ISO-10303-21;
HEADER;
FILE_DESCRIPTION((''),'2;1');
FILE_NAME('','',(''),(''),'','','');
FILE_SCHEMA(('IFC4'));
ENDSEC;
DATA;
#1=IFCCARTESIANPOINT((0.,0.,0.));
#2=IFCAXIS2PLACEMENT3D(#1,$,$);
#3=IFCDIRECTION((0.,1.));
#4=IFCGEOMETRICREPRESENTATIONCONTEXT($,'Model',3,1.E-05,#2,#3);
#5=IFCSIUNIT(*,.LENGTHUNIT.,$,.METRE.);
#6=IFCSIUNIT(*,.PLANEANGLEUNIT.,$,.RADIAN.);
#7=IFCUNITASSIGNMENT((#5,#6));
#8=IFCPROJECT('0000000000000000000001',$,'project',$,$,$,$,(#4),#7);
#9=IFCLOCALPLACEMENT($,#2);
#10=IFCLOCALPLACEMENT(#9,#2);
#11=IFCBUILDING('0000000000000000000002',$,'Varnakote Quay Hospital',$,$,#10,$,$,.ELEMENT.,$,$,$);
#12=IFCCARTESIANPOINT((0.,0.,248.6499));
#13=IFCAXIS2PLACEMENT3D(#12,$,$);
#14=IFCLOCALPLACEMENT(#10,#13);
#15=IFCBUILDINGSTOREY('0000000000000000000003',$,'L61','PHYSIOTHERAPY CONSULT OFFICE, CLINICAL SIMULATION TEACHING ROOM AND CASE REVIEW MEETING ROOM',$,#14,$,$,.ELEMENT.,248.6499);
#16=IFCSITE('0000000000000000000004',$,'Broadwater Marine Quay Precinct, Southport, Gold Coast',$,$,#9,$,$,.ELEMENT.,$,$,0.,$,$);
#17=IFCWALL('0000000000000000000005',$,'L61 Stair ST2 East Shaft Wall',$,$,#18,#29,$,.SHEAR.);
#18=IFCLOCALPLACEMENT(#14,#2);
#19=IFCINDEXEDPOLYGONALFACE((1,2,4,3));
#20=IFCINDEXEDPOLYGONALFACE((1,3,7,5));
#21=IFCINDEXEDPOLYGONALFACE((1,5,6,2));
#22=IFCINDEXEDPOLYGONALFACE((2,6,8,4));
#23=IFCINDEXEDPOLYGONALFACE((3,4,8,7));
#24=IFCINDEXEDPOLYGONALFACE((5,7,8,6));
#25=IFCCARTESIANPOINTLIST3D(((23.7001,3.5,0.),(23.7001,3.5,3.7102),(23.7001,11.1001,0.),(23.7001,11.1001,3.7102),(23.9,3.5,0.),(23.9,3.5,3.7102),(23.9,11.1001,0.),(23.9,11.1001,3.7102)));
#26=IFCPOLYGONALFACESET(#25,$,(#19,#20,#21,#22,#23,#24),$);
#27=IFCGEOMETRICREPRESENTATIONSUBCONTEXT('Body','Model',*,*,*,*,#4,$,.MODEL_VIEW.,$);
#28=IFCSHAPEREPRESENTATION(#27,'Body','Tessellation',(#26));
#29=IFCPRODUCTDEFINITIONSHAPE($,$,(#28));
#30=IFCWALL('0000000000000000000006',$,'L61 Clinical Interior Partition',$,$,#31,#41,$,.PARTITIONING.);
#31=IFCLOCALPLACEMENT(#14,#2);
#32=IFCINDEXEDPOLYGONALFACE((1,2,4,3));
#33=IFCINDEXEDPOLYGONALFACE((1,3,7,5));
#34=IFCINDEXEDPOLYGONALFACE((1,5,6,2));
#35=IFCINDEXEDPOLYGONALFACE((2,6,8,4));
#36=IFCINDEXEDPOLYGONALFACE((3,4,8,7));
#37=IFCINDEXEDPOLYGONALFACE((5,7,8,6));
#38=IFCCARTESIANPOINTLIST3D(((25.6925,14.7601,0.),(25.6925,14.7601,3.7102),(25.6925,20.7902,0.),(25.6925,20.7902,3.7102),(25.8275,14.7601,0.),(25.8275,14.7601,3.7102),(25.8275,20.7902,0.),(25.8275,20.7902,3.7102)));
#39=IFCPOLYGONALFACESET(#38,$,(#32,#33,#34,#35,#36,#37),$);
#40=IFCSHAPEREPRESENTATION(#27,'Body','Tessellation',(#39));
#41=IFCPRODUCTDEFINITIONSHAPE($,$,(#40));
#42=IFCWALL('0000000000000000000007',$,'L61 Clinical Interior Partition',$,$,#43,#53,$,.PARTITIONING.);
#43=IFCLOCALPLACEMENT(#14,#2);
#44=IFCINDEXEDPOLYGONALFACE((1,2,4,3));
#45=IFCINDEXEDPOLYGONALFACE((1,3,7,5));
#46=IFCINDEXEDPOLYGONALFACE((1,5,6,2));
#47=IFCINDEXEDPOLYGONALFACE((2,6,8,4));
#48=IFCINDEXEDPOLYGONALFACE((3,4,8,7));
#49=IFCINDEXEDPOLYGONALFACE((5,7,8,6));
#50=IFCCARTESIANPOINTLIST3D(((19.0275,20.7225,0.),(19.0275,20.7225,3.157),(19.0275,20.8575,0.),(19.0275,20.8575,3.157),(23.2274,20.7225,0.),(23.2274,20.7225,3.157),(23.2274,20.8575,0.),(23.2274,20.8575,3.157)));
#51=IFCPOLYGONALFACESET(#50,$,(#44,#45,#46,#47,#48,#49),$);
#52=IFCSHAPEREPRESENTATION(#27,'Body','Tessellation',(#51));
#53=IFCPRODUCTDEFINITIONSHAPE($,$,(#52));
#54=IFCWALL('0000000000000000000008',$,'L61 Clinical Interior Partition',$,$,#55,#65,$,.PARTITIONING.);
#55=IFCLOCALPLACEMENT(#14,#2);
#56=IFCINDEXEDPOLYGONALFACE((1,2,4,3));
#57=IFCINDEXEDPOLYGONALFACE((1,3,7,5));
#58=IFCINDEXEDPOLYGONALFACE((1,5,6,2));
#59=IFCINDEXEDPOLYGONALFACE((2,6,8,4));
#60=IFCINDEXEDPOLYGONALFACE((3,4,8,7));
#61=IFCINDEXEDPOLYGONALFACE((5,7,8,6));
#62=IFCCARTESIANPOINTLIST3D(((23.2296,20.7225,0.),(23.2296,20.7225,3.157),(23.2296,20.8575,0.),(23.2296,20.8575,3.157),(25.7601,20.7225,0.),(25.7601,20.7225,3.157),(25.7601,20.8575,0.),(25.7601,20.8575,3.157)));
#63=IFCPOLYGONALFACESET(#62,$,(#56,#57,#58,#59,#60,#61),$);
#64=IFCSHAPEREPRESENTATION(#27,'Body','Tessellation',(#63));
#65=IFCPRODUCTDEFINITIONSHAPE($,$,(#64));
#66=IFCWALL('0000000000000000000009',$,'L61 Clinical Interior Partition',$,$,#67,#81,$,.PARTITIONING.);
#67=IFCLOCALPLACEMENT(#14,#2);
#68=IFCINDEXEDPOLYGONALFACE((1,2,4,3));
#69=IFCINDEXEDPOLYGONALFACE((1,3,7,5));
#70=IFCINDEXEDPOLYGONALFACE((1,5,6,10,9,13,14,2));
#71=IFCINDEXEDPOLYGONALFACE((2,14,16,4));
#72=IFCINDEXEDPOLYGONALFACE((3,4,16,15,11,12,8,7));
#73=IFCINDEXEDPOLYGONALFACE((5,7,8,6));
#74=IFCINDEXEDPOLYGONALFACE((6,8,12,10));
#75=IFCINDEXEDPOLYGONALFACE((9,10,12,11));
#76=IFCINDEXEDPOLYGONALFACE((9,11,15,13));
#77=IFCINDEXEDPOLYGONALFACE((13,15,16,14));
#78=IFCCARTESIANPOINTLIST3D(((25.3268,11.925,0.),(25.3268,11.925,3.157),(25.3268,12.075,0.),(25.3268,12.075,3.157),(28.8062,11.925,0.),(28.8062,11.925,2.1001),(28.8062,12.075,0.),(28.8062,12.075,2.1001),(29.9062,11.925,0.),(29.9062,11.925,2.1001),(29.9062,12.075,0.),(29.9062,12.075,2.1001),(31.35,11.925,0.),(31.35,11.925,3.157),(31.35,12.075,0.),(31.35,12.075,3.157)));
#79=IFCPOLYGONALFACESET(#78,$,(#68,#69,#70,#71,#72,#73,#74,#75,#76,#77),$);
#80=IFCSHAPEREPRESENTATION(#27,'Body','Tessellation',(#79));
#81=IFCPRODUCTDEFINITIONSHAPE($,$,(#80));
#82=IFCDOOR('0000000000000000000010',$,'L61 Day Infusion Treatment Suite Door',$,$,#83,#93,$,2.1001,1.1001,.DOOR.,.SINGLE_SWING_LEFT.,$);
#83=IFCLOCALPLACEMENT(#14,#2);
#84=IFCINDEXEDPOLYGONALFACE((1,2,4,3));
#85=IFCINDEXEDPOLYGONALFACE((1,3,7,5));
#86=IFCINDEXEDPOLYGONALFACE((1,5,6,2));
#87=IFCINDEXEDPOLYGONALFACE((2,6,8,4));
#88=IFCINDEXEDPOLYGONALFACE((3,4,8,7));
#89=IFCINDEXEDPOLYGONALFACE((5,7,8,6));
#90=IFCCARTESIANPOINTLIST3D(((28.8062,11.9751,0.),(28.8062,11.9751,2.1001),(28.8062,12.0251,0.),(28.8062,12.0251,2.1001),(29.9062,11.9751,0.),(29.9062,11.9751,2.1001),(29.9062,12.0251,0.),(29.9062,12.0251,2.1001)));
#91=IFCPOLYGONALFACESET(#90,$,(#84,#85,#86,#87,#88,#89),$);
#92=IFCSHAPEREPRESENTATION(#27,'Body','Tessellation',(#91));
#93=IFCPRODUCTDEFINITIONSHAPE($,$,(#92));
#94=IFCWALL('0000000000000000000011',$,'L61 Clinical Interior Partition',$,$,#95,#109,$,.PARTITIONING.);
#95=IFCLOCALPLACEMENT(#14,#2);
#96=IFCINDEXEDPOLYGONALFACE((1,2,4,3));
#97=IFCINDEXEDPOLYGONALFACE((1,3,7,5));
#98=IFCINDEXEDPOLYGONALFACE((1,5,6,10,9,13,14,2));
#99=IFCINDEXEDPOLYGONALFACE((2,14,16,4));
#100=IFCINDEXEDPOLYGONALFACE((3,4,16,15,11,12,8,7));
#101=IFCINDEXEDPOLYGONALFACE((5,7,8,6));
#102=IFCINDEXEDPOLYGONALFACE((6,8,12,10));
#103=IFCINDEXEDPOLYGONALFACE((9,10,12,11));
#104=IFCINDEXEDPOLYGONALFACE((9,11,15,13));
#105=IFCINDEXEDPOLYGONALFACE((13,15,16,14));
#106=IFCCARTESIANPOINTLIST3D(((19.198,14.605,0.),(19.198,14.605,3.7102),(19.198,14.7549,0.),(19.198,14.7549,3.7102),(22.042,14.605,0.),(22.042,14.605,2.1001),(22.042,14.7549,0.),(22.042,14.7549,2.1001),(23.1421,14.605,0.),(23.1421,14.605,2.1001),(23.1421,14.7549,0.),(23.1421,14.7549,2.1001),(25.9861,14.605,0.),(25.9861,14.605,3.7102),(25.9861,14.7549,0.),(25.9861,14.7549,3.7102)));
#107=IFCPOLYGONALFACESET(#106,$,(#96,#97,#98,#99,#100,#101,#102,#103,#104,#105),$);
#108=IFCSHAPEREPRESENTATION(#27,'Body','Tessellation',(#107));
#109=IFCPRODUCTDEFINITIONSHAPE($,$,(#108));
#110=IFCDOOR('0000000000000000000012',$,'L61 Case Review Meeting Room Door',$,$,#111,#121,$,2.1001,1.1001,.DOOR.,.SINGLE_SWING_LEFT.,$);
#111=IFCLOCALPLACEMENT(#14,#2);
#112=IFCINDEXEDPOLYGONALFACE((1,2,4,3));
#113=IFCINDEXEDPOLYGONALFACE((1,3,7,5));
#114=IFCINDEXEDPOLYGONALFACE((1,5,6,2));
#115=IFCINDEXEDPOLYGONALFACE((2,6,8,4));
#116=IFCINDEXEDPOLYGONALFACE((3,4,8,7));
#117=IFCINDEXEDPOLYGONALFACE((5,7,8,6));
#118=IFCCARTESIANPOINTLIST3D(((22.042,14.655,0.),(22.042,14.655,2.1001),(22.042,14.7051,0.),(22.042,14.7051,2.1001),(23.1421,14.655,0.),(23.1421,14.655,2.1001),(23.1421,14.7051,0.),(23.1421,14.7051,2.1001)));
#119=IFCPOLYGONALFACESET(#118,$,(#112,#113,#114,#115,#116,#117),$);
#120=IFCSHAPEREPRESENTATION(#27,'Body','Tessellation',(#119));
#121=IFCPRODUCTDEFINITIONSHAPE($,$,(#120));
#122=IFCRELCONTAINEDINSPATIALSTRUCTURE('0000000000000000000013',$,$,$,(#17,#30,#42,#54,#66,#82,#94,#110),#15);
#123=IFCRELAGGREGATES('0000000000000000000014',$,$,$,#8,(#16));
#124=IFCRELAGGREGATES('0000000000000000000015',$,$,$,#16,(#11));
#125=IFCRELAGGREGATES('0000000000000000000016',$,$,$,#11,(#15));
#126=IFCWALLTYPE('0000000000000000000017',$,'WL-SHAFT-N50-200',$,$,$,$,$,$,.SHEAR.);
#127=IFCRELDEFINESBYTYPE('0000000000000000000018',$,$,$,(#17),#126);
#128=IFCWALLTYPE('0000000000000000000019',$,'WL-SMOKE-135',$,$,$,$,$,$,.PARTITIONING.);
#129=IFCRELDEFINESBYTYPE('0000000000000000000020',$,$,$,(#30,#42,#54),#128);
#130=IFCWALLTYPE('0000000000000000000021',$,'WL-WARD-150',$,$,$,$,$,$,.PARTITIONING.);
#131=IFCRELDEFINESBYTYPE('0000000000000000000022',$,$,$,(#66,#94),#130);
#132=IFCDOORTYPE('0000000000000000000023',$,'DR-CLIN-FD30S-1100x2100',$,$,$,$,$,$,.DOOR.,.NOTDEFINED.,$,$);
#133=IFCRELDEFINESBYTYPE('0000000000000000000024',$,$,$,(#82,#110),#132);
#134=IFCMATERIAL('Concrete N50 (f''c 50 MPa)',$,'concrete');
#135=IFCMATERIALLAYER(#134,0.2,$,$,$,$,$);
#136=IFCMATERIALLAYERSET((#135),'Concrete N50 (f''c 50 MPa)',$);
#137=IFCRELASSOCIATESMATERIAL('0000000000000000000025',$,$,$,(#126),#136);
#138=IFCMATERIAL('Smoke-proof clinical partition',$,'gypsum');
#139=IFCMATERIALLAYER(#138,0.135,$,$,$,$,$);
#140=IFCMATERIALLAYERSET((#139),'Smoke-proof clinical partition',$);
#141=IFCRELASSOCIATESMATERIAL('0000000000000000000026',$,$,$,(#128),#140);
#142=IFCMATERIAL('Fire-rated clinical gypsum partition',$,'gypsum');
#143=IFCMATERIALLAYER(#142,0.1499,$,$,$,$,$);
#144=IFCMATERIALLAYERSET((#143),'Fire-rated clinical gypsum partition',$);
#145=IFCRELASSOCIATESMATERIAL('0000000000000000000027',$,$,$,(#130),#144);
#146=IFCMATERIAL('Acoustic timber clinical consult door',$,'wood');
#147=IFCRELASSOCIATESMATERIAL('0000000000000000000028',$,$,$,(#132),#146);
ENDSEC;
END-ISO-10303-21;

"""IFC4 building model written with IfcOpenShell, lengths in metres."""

from ifc_helpers import new_model, si_unit, direction, frame, frame_2d, origin, place, context, subcontext, project, spatial, rectangle, extrude, material, layer, layer_set, type_object, element, fill, save


model = new_model("IFC4")

# Units and contexts
model_context = context("Model", 3, precision=1e-05, world=origin(), true_north=direction((0.0, 1.0)))
body_context = subcontext(model_context, "Body", "Model", "MODEL_VIEW")
ifc_project = project(units=[si_unit("LENGTHUNIT", "METRE"), si_unit("PLANEANGLEUNIT", "RADIAN")], contexts=[model_context])

# Site, building, storey
site_placement = place(None, origin())
site = spatial("IfcSite", under=ifc_project, at=site_placement, Name="Broadwater Marine Quay Precinct, Southport, Gold Coast", CompositionType="ELEMENT", RefElevation=0.0)
building_placement = place(site_placement, origin())
building = spatial("IfcBuilding", under=site, at=building_placement, Name="Varnakote Quay Hospital", CompositionType="ELEMENT")
storey_placement = place(building_placement, frame((0.0, 0.0, 248.6499)))
storey = spatial("IfcBuildingStorey", under=building, at=storey_placement, Name="L61", Description="PHYSIOTHERAPY CONSULT OFFICE, CLINICAL SIMULATION TEACHING ROOM AND CASE REVIEW MEETING ROOM", CompositionType="ELEMENT", Elevation=248.6499)

# Walls
ifc_material_1 = material(Name="Concrete N50 (f'c 50 MPa)", Category="concrete")
ifc_layer_1 = layer(ifc_material_1, 0.2)
ifc_layer_set_1 = layer_set([ifc_layer_1], Name="Concrete N50 (f'c 50 MPa)")
wall_type_1 = type_object("IfcWallType", Name="WL-SHAFT-N50-200", PredefinedType="SHEAR", material=ifc_layer_set_1)
wall_1_placement = place(storey_placement, frame((23.8, 3.5, 0.0), z_axis=(0.0, 0.0, 1.0), x_axis=(0.0, 1.0, 0.0)))
element("IfcWall", 1, at=wall_1_placement, inside=storey, type_object=wall_type_1, Name="L61 Stair ST2 East Shaft Wall", PredefinedType="SHEAR", context=body_context, shape_type="SweptSolid", body=[
    extrude(rectangle(XDim=7.6001, YDim=0.2, at=frame_2d((3.8, 0.0))), origin(), (0.0, 0.0, 1.0), 3.7102),
])
ifc_material_2 = material(Name="Smoke-proof clinical partition", Category="gypsum")
ifc_layer_2 = layer(ifc_material_2, 0.135)
ifc_layer_set_2 = layer_set([ifc_layer_2], Name="Smoke-proof clinical partition")
wall_type_2 = type_object("IfcWallType", Name="WL-SMOKE-135", PredefinedType="PARTITIONING", material=ifc_layer_set_2)
wall_2_placement = place(storey_placement, frame((25.76, 14.76, 0.0), z_axis=(0.0, 0.0, 1.0), x_axis=(0.0, 1.0, 0.0)))
element("IfcWall", 2, at=wall_2_placement, inside=storey, type_object=wall_type_2, Name="L61 Clinical Interior Partition", PredefinedType="PARTITIONING", context=body_context, shape_type="SweptSolid", body=[
    extrude(rectangle(XDim=6.03, YDim=0.135, at=frame_2d((3.0151, 0.0))), origin(), (0.0, 0.0, 1.0), 3.7102),
])
wall_3_placement = place(storey_placement, frame((23.2275, 20.79, 0.0), z_axis=(0.0, 0.0, 1.0), x_axis=(-1.0, 0.0, 0.0)))
element("IfcWall", 3, at=wall_3_placement, inside=storey, type_object=wall_type_2, Name="L61 Clinical Interior Partition", PredefinedType="PARTITIONING", context=body_context, shape_type="SweptSolid", body=[
    extrude(rectangle(XDim=4.2, YDim=0.135, at=frame_2d((2.1001, 0.0))), origin(), (0.0, 0.0, 1.0), 3.157),
])
wall_4_placement = place(storey_placement, frame((25.76, 20.79, 0.0), z_axis=(0.0, 0.0, 1.0), x_axis=(-1.0, 0.0, 0.0)))
element("IfcWall", 4, at=wall_4_placement, inside=storey, type_object=wall_type_2, Name="L61 Clinical Interior Partition", PredefinedType="PARTITIONING", context=body_context, shape_type="SweptSolid", body=[
    extrude(rectangle(XDim=2.5305, YDim=0.135, at=frame_2d((1.2651, 0.0))), origin(), (0.0, 0.0, 1.0), 3.157),
])

# Walls, openings, doors
ifc_material_3 = material(Name="Fire-rated clinical gypsum partition", Category="gypsum")
ifc_layer_3 = layer(ifc_material_3, 0.1499)
ifc_layer_set_3 = layer_set([ifc_layer_3], Name="Fire-rated clinical gypsum partition")
wall_type_3 = type_object("IfcWallType", Name="WL-WARD-150", PredefinedType="PARTITIONING", material=ifc_layer_set_3)
wall_5_placement = place(storey_placement, frame((31.3501, 12.0, 0.0), z_axis=(0.0, 0.0, 1.0), x_axis=(-1.0, 0.0, 0.0)))
wall_5 = element("IfcWall", 5, at=wall_5_placement, inside=storey, type_object=wall_type_3, Name="L61 Clinical Interior Partition", PredefinedType="PARTITIONING", context=body_context, shape_type="SweptSolid", body=[
    extrude(rectangle(XDim=6.0232, YDim=0.1499, at=frame_2d((3.0117, 0.0))), origin(), (0.0, 0.0, 1.0), 3.157),
])
opening_1_placement = place(wall_5_placement, frame((1.4438, 0.0, 0.0)))
opening_1 = element("IfcOpeningElement", 6, at=opening_1_placement, cuts=wall_5, PredefinedType="OPENING", context=body_context, shape_type="SweptSolid", body=[
    extrude(rectangle(XDim=1.1001, YDim=2.1001, at=frame_2d((0.55, 1.05))), frame((0.0, 0.085, 0.0), z_axis=(0.0, -1.0, 0.0), x_axis=(1.0, 0.0, 0.0)), (0.0, 0.0, 1.0), 0.1699),
])
ifc_material_4 = material(Name="Acoustic timber clinical consult door", Category="wood")
door_type = type_object("IfcDoorType", Name="DR-CLIN-FD30S-1100x2100", OperationType="NOTDEFINED", PredefinedType="DOOR", material=ifc_material_4)
door_1_placement = place(opening_1_placement, origin())
door_1 = element("IfcDoor", 7, at=door_1_placement, inside=storey, type_object=door_type, Name="L61 Day Infusion Treatment Suite Door", OperationType="SINGLE_SWING_LEFT", OverallHeight=2.1001, OverallWidth=1.1001, PredefinedType="DOOR", context=body_context, shape_type="SweptSolid", body=[
    extrude(rectangle(XDim=1.1001, YDim=2.1001, at=frame_2d((0.55, 1.05))), frame((0.0, 0.0249, 0.0), z_axis=(0.0, -1.0, 0.0), x_axis=(1.0, 0.0, 0.0)), (0.0, 0.0, 1.0), 0.05),
])
fill(opening_1, door_1)
wall_6_placement = place(storey_placement, frame((25.9861, 14.6799, 0.0), z_axis=(0.0, 0.0, 1.0), x_axis=(-1.0, 0.0, 0.0)))
wall_6 = element("IfcWall", 8, at=wall_6_placement, inside=storey, type_object=wall_type_3, Name="L61 Clinical Interior Partition", PredefinedType="PARTITIONING", context=body_context, shape_type="SweptSolid", body=[
    extrude(rectangle(XDim=6.7881, YDim=0.1499, at=frame_2d((3.394, 0.0))), origin(), (0.0, 0.0, 1.0), 3.7102),
])
opening_2_placement = place(wall_6_placement, frame((2.844, 0.0, 0.0)))
opening_2 = element("IfcOpeningElement", 9, at=opening_2_placement, cuts=wall_6, PredefinedType="OPENING", context=body_context, shape_type="SweptSolid", body=[
    extrude(rectangle(XDim=1.1001, YDim=2.1001, at=frame_2d((0.55, 1.05))), frame((0.0, 0.085, 0.0), z_axis=(0.0, -1.0, 0.0), x_axis=(1.0, 0.0, 0.0)), (0.0, 0.0, 1.0), 0.1699),
])
door_2_placement = place(opening_2_placement, origin())
door_2 = element("IfcDoor", 10, at=door_2_placement, inside=storey, type_object=door_type, Name="L61 Case Review Meeting Room Door", OperationType="SINGLE_SWING_LEFT", OverallHeight=2.1001, OverallWidth=1.1001, PredefinedType="DOOR", context=body_context, shape_type="SweptSolid", body=[
    extrude(rectangle(XDim=1.1001, YDim=2.1001, at=frame_2d((0.55, 1.05))), frame((0.0, 0.0249, 0.0), z_axis=(0.0, -1.0, 0.0), x_axis=(1.0, 0.0, 0.0)), (0.0, 0.0, 1.0), 0.05),
])
fill(opening_2, door_2)

save(model, "model.ifc")
